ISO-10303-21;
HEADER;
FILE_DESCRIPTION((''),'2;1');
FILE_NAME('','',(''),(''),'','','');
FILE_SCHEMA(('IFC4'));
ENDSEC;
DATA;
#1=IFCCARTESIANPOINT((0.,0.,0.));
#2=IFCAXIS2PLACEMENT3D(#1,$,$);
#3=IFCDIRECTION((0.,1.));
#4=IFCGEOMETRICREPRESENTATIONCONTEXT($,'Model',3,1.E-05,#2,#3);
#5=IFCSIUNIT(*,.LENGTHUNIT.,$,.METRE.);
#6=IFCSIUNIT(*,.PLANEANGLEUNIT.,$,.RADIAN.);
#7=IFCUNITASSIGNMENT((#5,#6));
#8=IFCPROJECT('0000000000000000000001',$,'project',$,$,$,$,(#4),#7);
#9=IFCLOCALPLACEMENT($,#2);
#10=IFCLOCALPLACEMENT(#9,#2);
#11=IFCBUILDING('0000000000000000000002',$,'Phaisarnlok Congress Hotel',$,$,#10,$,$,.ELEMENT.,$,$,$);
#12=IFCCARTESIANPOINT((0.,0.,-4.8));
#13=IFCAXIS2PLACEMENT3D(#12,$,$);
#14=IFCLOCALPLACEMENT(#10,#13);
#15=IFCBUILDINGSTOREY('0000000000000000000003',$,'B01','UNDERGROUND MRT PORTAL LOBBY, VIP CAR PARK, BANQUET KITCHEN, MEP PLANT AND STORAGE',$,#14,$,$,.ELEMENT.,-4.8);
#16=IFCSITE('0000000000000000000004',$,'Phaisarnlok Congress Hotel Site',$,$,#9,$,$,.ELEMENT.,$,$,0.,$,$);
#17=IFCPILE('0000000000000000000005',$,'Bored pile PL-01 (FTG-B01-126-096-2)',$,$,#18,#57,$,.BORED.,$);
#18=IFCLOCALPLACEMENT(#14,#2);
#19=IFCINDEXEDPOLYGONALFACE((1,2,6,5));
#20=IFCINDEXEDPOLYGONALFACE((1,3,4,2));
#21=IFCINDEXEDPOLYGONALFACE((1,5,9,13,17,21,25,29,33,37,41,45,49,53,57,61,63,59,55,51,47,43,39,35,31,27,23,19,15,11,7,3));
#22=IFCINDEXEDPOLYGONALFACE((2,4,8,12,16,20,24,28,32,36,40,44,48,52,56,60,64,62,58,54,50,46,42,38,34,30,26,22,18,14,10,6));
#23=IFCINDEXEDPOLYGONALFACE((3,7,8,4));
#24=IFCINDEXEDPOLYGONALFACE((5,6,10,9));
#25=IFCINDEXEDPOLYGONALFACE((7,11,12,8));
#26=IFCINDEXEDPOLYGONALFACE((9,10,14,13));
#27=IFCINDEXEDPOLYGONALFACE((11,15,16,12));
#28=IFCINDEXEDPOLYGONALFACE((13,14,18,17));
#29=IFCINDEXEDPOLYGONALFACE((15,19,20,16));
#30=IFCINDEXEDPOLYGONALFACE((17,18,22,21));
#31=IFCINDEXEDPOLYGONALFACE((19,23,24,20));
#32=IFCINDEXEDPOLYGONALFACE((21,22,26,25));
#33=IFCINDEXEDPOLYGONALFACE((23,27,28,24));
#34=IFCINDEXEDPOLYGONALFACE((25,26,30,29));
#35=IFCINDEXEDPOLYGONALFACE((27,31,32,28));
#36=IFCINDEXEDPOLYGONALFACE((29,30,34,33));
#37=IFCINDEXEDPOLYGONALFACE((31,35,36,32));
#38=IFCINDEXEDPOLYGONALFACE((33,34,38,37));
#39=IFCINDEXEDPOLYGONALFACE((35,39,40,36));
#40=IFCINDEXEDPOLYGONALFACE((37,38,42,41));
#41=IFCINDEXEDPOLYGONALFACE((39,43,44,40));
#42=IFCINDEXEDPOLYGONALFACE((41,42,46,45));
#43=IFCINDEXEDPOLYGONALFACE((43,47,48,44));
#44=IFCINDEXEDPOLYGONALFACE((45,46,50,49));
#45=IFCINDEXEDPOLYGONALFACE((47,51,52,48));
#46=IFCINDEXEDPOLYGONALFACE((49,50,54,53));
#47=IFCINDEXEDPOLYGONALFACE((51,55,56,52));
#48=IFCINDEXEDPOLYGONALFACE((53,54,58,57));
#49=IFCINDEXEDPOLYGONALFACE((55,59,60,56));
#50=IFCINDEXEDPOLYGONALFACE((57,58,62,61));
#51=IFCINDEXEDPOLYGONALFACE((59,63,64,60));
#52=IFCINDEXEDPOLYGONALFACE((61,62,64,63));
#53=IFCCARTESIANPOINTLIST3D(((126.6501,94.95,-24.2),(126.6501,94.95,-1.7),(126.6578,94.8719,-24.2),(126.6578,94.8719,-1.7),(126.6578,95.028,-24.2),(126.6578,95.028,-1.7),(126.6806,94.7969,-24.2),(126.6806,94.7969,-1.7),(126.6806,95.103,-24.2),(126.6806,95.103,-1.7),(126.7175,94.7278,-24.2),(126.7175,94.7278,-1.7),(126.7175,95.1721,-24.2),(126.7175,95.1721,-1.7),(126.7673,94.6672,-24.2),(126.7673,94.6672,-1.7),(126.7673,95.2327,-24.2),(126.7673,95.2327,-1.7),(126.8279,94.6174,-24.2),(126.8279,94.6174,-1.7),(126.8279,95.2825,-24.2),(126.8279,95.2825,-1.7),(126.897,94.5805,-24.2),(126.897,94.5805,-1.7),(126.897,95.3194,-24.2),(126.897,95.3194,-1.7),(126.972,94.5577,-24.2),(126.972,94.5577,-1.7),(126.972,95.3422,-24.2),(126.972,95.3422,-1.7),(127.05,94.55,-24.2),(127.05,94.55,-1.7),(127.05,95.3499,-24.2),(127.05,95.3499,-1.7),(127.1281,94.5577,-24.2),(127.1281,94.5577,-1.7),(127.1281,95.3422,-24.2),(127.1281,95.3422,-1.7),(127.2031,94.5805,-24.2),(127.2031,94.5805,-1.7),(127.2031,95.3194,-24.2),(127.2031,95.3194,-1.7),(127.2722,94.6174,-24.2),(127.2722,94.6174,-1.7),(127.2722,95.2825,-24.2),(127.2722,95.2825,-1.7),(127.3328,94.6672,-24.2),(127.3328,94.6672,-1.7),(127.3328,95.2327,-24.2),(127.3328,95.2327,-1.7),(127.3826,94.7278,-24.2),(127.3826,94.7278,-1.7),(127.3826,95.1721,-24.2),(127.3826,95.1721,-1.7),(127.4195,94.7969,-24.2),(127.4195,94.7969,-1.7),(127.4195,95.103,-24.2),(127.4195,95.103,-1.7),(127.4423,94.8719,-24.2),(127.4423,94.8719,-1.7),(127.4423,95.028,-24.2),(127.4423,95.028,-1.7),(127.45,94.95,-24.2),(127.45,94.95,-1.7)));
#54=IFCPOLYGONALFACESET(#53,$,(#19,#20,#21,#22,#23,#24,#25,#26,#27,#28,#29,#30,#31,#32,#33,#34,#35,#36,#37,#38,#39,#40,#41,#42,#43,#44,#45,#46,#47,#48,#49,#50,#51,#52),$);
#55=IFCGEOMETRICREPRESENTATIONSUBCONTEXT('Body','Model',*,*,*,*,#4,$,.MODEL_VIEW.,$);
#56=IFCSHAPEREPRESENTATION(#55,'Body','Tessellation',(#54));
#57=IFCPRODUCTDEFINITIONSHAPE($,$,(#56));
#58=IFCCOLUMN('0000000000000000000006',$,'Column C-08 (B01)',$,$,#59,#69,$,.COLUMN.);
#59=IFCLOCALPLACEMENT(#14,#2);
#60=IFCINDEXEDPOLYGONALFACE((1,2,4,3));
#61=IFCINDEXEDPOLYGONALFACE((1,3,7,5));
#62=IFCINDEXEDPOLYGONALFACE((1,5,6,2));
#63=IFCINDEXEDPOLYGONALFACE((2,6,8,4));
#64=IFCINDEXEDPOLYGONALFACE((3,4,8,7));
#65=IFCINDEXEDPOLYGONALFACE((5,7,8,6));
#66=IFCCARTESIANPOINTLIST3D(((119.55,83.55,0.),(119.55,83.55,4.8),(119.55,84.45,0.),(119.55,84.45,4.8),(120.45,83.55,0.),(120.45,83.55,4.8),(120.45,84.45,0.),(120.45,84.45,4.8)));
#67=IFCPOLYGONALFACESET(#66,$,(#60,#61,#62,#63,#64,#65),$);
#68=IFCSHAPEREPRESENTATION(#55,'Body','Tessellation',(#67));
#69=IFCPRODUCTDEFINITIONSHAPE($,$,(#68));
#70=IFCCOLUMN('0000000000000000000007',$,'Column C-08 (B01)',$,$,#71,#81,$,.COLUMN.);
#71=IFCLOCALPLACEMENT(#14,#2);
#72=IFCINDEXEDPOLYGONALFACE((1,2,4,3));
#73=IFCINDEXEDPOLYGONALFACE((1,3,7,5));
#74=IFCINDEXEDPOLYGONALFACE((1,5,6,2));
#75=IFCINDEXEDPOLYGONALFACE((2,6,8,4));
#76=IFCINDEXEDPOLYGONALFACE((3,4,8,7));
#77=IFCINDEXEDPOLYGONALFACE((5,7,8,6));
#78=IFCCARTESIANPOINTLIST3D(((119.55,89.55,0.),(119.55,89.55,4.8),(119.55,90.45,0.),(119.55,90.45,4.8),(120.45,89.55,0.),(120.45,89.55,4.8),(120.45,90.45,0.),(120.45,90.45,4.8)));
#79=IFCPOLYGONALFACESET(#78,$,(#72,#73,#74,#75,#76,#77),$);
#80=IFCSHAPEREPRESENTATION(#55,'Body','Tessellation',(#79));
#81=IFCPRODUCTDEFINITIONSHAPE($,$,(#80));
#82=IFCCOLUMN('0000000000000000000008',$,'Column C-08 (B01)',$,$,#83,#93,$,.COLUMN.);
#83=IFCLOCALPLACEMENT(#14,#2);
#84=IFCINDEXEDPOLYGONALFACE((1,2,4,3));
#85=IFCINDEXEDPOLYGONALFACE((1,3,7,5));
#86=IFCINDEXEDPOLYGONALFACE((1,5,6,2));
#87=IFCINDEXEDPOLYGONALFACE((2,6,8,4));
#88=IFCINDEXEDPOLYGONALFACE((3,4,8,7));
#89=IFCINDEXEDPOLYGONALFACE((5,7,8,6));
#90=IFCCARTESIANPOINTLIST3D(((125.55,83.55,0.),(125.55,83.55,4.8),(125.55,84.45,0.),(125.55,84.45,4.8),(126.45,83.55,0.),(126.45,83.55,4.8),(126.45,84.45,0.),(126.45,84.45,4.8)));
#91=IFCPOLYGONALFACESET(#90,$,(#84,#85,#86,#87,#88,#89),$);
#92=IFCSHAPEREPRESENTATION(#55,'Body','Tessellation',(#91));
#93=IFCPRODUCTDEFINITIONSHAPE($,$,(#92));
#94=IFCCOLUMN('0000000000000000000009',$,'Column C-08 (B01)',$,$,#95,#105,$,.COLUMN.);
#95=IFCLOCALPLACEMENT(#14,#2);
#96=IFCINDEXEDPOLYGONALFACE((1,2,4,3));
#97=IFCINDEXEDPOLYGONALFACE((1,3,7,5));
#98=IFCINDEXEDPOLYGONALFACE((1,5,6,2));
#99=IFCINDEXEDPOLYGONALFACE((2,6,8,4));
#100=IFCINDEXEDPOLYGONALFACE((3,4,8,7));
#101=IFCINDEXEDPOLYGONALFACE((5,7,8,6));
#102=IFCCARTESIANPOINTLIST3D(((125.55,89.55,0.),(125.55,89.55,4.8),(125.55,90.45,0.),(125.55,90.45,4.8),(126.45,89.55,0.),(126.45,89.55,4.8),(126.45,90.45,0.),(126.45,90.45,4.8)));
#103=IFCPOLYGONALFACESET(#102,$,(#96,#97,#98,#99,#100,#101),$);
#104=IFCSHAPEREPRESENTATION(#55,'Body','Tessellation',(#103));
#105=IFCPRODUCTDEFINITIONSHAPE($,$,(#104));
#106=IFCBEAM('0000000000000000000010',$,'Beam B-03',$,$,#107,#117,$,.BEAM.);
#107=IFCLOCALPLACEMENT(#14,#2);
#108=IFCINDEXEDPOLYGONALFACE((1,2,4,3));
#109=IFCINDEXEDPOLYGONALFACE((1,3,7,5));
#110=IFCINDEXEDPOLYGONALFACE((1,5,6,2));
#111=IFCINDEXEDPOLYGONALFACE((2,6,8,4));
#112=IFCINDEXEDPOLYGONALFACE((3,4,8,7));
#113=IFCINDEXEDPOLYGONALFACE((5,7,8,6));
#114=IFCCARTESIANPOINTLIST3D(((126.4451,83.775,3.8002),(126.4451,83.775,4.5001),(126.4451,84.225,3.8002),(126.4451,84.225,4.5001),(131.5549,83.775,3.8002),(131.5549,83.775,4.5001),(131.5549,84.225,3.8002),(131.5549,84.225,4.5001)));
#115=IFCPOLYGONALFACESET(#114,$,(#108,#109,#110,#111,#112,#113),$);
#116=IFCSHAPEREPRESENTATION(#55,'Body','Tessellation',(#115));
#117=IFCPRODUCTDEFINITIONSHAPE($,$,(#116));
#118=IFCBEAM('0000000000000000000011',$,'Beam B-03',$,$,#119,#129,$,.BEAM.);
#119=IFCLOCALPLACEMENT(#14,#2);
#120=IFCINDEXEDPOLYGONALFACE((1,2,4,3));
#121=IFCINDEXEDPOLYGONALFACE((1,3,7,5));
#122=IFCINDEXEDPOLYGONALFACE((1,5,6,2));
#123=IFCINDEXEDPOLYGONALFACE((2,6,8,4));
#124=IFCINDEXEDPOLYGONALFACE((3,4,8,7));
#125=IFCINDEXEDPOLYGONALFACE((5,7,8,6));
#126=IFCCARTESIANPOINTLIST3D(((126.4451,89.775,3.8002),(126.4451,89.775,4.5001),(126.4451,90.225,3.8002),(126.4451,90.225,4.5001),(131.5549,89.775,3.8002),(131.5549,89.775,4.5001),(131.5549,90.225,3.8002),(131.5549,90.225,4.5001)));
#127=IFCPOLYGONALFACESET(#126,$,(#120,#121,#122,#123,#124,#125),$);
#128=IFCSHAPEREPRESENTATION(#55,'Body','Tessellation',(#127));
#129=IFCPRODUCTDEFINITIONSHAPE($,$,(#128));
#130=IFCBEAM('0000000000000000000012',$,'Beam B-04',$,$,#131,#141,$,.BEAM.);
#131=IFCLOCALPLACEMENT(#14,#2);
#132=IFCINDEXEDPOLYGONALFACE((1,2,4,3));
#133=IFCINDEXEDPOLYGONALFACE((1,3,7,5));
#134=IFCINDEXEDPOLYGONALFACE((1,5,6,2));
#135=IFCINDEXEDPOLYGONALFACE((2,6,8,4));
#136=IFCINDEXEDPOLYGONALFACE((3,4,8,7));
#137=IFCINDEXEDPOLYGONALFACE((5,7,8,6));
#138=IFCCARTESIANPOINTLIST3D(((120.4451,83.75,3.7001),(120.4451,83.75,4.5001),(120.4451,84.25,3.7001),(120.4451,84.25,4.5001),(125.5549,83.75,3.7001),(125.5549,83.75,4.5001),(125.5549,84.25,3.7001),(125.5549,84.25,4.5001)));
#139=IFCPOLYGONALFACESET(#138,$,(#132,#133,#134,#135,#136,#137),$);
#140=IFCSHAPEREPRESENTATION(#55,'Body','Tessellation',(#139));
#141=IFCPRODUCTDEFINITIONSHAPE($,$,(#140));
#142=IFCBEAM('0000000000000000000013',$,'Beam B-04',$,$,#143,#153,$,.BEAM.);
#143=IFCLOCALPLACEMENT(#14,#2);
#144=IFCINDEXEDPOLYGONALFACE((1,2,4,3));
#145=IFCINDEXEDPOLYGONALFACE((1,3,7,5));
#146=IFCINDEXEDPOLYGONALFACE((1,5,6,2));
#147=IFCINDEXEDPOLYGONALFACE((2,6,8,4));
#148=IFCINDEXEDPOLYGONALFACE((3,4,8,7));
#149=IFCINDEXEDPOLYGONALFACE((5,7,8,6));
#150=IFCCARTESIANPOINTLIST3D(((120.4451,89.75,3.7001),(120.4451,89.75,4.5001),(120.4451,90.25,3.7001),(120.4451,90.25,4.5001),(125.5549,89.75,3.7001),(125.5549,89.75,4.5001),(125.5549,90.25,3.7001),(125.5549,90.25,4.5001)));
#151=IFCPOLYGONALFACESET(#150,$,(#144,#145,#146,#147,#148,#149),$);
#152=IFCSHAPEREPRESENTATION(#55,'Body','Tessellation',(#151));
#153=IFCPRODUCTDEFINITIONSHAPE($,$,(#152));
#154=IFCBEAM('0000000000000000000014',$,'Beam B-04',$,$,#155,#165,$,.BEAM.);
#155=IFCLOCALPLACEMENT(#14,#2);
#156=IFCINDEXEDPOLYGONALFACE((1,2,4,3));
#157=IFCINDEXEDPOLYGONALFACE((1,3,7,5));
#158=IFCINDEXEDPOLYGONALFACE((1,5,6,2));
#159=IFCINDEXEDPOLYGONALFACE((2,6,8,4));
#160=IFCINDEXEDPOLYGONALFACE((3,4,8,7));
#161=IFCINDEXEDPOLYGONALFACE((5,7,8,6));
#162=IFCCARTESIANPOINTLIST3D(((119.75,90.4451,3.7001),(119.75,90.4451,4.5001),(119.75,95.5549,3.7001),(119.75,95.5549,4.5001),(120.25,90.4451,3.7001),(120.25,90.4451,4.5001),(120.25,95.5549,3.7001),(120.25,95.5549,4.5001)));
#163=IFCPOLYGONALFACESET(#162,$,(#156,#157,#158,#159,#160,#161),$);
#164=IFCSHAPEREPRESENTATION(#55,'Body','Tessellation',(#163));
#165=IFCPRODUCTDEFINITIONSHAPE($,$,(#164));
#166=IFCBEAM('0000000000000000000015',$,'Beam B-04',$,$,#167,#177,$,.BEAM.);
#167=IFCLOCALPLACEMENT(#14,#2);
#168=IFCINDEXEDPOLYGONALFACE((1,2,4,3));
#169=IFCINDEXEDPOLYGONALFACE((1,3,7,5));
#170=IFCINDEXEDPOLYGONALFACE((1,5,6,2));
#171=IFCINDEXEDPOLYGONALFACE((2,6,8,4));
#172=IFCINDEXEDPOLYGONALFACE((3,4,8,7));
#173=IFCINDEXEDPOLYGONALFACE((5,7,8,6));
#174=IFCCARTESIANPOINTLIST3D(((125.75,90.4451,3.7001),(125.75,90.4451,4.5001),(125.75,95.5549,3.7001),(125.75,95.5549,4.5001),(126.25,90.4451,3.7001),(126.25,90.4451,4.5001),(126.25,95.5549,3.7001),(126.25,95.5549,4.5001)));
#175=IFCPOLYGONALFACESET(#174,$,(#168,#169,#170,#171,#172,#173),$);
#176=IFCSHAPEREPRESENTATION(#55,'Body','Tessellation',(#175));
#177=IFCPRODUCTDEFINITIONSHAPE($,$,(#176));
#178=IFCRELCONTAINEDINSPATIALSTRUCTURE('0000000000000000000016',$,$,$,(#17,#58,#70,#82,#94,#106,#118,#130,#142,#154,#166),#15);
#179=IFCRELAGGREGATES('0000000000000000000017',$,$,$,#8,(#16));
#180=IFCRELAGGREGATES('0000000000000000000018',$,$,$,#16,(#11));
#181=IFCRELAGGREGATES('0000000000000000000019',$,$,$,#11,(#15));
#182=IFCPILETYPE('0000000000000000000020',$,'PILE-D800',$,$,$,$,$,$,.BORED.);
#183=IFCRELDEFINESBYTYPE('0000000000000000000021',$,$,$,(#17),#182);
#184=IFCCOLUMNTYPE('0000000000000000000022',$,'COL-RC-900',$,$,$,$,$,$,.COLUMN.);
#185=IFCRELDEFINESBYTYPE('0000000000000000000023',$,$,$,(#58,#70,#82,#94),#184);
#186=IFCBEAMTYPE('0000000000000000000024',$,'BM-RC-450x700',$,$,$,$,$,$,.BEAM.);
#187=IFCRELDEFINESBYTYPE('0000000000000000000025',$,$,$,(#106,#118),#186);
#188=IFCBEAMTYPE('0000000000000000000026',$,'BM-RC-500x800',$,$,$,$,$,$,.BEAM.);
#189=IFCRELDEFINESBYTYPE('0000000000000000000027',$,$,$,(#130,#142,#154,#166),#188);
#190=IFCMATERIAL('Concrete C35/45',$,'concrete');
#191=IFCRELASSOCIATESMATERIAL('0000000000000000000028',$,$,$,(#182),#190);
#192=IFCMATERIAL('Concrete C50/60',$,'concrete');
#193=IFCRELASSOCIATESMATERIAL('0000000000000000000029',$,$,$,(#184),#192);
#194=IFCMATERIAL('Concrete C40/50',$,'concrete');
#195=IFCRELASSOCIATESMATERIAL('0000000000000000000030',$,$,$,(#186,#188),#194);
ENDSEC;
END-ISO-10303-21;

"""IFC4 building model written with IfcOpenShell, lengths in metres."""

from ifc_helpers import new_model, si_unit, direction, frame, origin, origin_2d, place, context, subcontext, project, spatial, rectangle, circle, extrude, material, material_profile, profile_set, type_object, element, save


model = new_model("IFC4")

# Units and contexts
model_context = context("Model", 3, precision=1e-05, world=origin(), true_north=direction((0.0, 1.0)))
body_context = subcontext(model_context, "Body", "Model", "MODEL_VIEW")
ifc_project = project(units=[si_unit("LENGTHUNIT", "METRE"), si_unit("PLANEANGLEUNIT", "RADIAN")], contexts=[model_context])

# Site, building, storey
site_placement = place(None, origin())
site = spatial("IfcSite", under=ifc_project, at=site_placement, Name="Phaisarnlok Congress Hotel Site", CompositionType="ELEMENT", RefElevation=0.0)
building_placement = place(site_placement, origin())
building = spatial("IfcBuilding", under=site, at=building_placement, Name="Phaisarnlok Congress Hotel", CompositionType="ELEMENT")
storey_placement = place(building_placement, frame((0.0, 0.0, -4.8)))
storey = spatial("IfcBuildingStorey", under=building, at=storey_placement, Name="B01", Description="UNDERGROUND MRT PORTAL LOBBY, VIP CAR PARK, BANQUET KITCHEN, MEP PLANT AND STORAGE", CompositionType="ELEMENT", Elevation=-4.8)

# Shared definitions
ifc_material_1 = material(Name="Concrete C40/50", Category="concrete")

# Pile
ifc_material_2 = material(Name="Concrete C35/45", Category="concrete")
ifc_material_profile_1 = material_profile(ifc_material_2, circle(Radius=0.3999, at=origin_2d()), Name="BORED PILE D800")
ifc_profile_set_1 = profile_set([ifc_material_profile_1], Name="Concrete C35/45")
pile_type_1 = type_object("IfcPileType", Name="PILE-D800", PredefinedType="BORED", material=ifc_profile_set_1)
for number, where, z_axis, x_axis, name in (
    (1, (127.05, 94.95, -1.7), (0.0, 0.0, -1.0), (1.0, 0.0, 0.0), "Bored pile PL-01 (FTG-B01-126-096-2)"),
):
    element("IfcPile", number, at=place(storey_placement, frame(where, z_axis=z_axis, x_axis=x_axis)), inside=storey, type_object=pile_type_1, Name=name, PredefinedType="BORED", context=body_context, shape_type="SweptSolid", body=[
        extrude(circle(Radius=0.3999, at=origin_2d()), origin(), (0.0, 0.0, 1.0), 22.5),
    ])

# Columns
ifc_material_3 = material(Name="Concrete C50/60", Category="concrete")
ifc_material_profile_2 = material_profile(ifc_material_3, rectangle(XDim=0.8999, YDim=0.8999, at=origin_2d()), Name="RC 900x900")
ifc_profile_set_2 = profile_set([ifc_material_profile_2], Name="Concrete C50/60")
column_type = type_object("IfcColumnType", Name="COL-RC-900", PredefinedType="COLUMN", material=ifc_profile_set_2)
for number, where, z_axis, x_axis, name in (
    (2, (120.0, 84.0, 0.0), (0.0, 0.0, 1.0), (1.0, 0.0, 0.0), "Column C-08 (B01)"),
    (3, (120.0, 90.0, 0.0), (0.0, 0.0, 1.0), (1.0, 0.0, 0.0), "Column C-08 (B01)"),
    (4, (126.0, 84.0, 0.0), (0.0, 0.0, 1.0), (1.0, 0.0, 0.0), "Column C-08 (B01)"),
    (5, (126.0, 90.0, 0.0), (0.0, 0.0, 1.0), (1.0, 0.0, 0.0), "Column C-08 (B01)"),
):
    element("IfcColumn", number, at=place(storey_placement, frame(where, z_axis=z_axis, x_axis=x_axis)), inside=storey, type_object=column_type, Name=name, PredefinedType="COLUMN", context=body_context, shape_type="SweptSolid", body=[
        extrude(rectangle(XDim=0.8999, YDim=0.8999, at=origin_2d()), origin(), (0.0, 0.0, 1.0), 4.8),
    ])

# Beams
ifc_material_profile_3 = material_profile(ifc_material_1, rectangle(XDim=0.45, YDim=0.7, at=origin_2d()), Name="RC 450x700")
ifc_profile_set_3 = profile_set([ifc_material_profile_3], Name="Concrete C40/50")
beam_type_1 = type_object("IfcBeamType", Name="BM-RC-450x700", PredefinedType="BEAM", material=ifc_profile_set_3)
for number, where, z_axis, x_axis, name in (
    (6, (126.4451, 84.0, 4.1501), (1.0, 0.0, 0.0), (0.0, 1.0, 0.0), "Beam B-03"),
    (7, (126.4451, 90.0, 4.1501), (1.0, 0.0, 0.0), (0.0, 1.0, 0.0), "Beam B-03"),
):
    element("IfcBeam", number, at=place(storey_placement, frame(where, z_axis=z_axis, x_axis=x_axis)), inside=storey, type_object=beam_type_1, Name=name, PredefinedType="BEAM", context=body_context, shape_type="SweptSolid", body=[
        extrude(rectangle(XDim=0.45, YDim=0.7, at=origin_2d()), origin(), (0.0, 0.0, 1.0), 5.1099),
    ])
ifc_material_profile_4 = material_profile(ifc_material_1, rectangle(XDim=0.5, YDim=0.8, at=origin_2d()), Name="RC 500x800")
ifc_profile_set_4 = profile_set([ifc_material_profile_4], Name="Concrete C40/50")
beam_type_2 = type_object("IfcBeamType", Name="BM-RC-500x800", PredefinedType="BEAM", material=ifc_profile_set_4)
for number, where, z_axis, x_axis, name in (
    (8, (120.4451, 84.0, 4.1001), (1.0, 0.0, 0.0), (0.0, 1.0, 0.0), "Beam B-04"),
    (9, (120.4451, 90.0, 4.1001), (1.0, 0.0, 0.0), (0.0, 1.0, 0.0), "Beam B-04"),
    (10, (120.0, 90.4451, 4.1001), (0.0, 1.0, 0.0), (-1.0, 0.0, 0.0), "Beam B-04"),
    (11, (126.0, 90.4451, 4.1001), (0.0, 1.0, 0.0), (-1.0, 0.0, 0.0), "Beam B-04"),
):
    element("IfcBeam", number, at=place(storey_placement, frame(where, z_axis=z_axis, x_axis=x_axis)), inside=storey, type_object=beam_type_2, Name=name, PredefinedType="BEAM", context=body_context, shape_type="SweptSolid", body=[
        extrude(rectangle(XDim=0.5, YDim=0.8, at=origin_2d()), origin(), (0.0, 0.0, 1.0), 5.1099),
    ])

save(model, "model.ifc")
